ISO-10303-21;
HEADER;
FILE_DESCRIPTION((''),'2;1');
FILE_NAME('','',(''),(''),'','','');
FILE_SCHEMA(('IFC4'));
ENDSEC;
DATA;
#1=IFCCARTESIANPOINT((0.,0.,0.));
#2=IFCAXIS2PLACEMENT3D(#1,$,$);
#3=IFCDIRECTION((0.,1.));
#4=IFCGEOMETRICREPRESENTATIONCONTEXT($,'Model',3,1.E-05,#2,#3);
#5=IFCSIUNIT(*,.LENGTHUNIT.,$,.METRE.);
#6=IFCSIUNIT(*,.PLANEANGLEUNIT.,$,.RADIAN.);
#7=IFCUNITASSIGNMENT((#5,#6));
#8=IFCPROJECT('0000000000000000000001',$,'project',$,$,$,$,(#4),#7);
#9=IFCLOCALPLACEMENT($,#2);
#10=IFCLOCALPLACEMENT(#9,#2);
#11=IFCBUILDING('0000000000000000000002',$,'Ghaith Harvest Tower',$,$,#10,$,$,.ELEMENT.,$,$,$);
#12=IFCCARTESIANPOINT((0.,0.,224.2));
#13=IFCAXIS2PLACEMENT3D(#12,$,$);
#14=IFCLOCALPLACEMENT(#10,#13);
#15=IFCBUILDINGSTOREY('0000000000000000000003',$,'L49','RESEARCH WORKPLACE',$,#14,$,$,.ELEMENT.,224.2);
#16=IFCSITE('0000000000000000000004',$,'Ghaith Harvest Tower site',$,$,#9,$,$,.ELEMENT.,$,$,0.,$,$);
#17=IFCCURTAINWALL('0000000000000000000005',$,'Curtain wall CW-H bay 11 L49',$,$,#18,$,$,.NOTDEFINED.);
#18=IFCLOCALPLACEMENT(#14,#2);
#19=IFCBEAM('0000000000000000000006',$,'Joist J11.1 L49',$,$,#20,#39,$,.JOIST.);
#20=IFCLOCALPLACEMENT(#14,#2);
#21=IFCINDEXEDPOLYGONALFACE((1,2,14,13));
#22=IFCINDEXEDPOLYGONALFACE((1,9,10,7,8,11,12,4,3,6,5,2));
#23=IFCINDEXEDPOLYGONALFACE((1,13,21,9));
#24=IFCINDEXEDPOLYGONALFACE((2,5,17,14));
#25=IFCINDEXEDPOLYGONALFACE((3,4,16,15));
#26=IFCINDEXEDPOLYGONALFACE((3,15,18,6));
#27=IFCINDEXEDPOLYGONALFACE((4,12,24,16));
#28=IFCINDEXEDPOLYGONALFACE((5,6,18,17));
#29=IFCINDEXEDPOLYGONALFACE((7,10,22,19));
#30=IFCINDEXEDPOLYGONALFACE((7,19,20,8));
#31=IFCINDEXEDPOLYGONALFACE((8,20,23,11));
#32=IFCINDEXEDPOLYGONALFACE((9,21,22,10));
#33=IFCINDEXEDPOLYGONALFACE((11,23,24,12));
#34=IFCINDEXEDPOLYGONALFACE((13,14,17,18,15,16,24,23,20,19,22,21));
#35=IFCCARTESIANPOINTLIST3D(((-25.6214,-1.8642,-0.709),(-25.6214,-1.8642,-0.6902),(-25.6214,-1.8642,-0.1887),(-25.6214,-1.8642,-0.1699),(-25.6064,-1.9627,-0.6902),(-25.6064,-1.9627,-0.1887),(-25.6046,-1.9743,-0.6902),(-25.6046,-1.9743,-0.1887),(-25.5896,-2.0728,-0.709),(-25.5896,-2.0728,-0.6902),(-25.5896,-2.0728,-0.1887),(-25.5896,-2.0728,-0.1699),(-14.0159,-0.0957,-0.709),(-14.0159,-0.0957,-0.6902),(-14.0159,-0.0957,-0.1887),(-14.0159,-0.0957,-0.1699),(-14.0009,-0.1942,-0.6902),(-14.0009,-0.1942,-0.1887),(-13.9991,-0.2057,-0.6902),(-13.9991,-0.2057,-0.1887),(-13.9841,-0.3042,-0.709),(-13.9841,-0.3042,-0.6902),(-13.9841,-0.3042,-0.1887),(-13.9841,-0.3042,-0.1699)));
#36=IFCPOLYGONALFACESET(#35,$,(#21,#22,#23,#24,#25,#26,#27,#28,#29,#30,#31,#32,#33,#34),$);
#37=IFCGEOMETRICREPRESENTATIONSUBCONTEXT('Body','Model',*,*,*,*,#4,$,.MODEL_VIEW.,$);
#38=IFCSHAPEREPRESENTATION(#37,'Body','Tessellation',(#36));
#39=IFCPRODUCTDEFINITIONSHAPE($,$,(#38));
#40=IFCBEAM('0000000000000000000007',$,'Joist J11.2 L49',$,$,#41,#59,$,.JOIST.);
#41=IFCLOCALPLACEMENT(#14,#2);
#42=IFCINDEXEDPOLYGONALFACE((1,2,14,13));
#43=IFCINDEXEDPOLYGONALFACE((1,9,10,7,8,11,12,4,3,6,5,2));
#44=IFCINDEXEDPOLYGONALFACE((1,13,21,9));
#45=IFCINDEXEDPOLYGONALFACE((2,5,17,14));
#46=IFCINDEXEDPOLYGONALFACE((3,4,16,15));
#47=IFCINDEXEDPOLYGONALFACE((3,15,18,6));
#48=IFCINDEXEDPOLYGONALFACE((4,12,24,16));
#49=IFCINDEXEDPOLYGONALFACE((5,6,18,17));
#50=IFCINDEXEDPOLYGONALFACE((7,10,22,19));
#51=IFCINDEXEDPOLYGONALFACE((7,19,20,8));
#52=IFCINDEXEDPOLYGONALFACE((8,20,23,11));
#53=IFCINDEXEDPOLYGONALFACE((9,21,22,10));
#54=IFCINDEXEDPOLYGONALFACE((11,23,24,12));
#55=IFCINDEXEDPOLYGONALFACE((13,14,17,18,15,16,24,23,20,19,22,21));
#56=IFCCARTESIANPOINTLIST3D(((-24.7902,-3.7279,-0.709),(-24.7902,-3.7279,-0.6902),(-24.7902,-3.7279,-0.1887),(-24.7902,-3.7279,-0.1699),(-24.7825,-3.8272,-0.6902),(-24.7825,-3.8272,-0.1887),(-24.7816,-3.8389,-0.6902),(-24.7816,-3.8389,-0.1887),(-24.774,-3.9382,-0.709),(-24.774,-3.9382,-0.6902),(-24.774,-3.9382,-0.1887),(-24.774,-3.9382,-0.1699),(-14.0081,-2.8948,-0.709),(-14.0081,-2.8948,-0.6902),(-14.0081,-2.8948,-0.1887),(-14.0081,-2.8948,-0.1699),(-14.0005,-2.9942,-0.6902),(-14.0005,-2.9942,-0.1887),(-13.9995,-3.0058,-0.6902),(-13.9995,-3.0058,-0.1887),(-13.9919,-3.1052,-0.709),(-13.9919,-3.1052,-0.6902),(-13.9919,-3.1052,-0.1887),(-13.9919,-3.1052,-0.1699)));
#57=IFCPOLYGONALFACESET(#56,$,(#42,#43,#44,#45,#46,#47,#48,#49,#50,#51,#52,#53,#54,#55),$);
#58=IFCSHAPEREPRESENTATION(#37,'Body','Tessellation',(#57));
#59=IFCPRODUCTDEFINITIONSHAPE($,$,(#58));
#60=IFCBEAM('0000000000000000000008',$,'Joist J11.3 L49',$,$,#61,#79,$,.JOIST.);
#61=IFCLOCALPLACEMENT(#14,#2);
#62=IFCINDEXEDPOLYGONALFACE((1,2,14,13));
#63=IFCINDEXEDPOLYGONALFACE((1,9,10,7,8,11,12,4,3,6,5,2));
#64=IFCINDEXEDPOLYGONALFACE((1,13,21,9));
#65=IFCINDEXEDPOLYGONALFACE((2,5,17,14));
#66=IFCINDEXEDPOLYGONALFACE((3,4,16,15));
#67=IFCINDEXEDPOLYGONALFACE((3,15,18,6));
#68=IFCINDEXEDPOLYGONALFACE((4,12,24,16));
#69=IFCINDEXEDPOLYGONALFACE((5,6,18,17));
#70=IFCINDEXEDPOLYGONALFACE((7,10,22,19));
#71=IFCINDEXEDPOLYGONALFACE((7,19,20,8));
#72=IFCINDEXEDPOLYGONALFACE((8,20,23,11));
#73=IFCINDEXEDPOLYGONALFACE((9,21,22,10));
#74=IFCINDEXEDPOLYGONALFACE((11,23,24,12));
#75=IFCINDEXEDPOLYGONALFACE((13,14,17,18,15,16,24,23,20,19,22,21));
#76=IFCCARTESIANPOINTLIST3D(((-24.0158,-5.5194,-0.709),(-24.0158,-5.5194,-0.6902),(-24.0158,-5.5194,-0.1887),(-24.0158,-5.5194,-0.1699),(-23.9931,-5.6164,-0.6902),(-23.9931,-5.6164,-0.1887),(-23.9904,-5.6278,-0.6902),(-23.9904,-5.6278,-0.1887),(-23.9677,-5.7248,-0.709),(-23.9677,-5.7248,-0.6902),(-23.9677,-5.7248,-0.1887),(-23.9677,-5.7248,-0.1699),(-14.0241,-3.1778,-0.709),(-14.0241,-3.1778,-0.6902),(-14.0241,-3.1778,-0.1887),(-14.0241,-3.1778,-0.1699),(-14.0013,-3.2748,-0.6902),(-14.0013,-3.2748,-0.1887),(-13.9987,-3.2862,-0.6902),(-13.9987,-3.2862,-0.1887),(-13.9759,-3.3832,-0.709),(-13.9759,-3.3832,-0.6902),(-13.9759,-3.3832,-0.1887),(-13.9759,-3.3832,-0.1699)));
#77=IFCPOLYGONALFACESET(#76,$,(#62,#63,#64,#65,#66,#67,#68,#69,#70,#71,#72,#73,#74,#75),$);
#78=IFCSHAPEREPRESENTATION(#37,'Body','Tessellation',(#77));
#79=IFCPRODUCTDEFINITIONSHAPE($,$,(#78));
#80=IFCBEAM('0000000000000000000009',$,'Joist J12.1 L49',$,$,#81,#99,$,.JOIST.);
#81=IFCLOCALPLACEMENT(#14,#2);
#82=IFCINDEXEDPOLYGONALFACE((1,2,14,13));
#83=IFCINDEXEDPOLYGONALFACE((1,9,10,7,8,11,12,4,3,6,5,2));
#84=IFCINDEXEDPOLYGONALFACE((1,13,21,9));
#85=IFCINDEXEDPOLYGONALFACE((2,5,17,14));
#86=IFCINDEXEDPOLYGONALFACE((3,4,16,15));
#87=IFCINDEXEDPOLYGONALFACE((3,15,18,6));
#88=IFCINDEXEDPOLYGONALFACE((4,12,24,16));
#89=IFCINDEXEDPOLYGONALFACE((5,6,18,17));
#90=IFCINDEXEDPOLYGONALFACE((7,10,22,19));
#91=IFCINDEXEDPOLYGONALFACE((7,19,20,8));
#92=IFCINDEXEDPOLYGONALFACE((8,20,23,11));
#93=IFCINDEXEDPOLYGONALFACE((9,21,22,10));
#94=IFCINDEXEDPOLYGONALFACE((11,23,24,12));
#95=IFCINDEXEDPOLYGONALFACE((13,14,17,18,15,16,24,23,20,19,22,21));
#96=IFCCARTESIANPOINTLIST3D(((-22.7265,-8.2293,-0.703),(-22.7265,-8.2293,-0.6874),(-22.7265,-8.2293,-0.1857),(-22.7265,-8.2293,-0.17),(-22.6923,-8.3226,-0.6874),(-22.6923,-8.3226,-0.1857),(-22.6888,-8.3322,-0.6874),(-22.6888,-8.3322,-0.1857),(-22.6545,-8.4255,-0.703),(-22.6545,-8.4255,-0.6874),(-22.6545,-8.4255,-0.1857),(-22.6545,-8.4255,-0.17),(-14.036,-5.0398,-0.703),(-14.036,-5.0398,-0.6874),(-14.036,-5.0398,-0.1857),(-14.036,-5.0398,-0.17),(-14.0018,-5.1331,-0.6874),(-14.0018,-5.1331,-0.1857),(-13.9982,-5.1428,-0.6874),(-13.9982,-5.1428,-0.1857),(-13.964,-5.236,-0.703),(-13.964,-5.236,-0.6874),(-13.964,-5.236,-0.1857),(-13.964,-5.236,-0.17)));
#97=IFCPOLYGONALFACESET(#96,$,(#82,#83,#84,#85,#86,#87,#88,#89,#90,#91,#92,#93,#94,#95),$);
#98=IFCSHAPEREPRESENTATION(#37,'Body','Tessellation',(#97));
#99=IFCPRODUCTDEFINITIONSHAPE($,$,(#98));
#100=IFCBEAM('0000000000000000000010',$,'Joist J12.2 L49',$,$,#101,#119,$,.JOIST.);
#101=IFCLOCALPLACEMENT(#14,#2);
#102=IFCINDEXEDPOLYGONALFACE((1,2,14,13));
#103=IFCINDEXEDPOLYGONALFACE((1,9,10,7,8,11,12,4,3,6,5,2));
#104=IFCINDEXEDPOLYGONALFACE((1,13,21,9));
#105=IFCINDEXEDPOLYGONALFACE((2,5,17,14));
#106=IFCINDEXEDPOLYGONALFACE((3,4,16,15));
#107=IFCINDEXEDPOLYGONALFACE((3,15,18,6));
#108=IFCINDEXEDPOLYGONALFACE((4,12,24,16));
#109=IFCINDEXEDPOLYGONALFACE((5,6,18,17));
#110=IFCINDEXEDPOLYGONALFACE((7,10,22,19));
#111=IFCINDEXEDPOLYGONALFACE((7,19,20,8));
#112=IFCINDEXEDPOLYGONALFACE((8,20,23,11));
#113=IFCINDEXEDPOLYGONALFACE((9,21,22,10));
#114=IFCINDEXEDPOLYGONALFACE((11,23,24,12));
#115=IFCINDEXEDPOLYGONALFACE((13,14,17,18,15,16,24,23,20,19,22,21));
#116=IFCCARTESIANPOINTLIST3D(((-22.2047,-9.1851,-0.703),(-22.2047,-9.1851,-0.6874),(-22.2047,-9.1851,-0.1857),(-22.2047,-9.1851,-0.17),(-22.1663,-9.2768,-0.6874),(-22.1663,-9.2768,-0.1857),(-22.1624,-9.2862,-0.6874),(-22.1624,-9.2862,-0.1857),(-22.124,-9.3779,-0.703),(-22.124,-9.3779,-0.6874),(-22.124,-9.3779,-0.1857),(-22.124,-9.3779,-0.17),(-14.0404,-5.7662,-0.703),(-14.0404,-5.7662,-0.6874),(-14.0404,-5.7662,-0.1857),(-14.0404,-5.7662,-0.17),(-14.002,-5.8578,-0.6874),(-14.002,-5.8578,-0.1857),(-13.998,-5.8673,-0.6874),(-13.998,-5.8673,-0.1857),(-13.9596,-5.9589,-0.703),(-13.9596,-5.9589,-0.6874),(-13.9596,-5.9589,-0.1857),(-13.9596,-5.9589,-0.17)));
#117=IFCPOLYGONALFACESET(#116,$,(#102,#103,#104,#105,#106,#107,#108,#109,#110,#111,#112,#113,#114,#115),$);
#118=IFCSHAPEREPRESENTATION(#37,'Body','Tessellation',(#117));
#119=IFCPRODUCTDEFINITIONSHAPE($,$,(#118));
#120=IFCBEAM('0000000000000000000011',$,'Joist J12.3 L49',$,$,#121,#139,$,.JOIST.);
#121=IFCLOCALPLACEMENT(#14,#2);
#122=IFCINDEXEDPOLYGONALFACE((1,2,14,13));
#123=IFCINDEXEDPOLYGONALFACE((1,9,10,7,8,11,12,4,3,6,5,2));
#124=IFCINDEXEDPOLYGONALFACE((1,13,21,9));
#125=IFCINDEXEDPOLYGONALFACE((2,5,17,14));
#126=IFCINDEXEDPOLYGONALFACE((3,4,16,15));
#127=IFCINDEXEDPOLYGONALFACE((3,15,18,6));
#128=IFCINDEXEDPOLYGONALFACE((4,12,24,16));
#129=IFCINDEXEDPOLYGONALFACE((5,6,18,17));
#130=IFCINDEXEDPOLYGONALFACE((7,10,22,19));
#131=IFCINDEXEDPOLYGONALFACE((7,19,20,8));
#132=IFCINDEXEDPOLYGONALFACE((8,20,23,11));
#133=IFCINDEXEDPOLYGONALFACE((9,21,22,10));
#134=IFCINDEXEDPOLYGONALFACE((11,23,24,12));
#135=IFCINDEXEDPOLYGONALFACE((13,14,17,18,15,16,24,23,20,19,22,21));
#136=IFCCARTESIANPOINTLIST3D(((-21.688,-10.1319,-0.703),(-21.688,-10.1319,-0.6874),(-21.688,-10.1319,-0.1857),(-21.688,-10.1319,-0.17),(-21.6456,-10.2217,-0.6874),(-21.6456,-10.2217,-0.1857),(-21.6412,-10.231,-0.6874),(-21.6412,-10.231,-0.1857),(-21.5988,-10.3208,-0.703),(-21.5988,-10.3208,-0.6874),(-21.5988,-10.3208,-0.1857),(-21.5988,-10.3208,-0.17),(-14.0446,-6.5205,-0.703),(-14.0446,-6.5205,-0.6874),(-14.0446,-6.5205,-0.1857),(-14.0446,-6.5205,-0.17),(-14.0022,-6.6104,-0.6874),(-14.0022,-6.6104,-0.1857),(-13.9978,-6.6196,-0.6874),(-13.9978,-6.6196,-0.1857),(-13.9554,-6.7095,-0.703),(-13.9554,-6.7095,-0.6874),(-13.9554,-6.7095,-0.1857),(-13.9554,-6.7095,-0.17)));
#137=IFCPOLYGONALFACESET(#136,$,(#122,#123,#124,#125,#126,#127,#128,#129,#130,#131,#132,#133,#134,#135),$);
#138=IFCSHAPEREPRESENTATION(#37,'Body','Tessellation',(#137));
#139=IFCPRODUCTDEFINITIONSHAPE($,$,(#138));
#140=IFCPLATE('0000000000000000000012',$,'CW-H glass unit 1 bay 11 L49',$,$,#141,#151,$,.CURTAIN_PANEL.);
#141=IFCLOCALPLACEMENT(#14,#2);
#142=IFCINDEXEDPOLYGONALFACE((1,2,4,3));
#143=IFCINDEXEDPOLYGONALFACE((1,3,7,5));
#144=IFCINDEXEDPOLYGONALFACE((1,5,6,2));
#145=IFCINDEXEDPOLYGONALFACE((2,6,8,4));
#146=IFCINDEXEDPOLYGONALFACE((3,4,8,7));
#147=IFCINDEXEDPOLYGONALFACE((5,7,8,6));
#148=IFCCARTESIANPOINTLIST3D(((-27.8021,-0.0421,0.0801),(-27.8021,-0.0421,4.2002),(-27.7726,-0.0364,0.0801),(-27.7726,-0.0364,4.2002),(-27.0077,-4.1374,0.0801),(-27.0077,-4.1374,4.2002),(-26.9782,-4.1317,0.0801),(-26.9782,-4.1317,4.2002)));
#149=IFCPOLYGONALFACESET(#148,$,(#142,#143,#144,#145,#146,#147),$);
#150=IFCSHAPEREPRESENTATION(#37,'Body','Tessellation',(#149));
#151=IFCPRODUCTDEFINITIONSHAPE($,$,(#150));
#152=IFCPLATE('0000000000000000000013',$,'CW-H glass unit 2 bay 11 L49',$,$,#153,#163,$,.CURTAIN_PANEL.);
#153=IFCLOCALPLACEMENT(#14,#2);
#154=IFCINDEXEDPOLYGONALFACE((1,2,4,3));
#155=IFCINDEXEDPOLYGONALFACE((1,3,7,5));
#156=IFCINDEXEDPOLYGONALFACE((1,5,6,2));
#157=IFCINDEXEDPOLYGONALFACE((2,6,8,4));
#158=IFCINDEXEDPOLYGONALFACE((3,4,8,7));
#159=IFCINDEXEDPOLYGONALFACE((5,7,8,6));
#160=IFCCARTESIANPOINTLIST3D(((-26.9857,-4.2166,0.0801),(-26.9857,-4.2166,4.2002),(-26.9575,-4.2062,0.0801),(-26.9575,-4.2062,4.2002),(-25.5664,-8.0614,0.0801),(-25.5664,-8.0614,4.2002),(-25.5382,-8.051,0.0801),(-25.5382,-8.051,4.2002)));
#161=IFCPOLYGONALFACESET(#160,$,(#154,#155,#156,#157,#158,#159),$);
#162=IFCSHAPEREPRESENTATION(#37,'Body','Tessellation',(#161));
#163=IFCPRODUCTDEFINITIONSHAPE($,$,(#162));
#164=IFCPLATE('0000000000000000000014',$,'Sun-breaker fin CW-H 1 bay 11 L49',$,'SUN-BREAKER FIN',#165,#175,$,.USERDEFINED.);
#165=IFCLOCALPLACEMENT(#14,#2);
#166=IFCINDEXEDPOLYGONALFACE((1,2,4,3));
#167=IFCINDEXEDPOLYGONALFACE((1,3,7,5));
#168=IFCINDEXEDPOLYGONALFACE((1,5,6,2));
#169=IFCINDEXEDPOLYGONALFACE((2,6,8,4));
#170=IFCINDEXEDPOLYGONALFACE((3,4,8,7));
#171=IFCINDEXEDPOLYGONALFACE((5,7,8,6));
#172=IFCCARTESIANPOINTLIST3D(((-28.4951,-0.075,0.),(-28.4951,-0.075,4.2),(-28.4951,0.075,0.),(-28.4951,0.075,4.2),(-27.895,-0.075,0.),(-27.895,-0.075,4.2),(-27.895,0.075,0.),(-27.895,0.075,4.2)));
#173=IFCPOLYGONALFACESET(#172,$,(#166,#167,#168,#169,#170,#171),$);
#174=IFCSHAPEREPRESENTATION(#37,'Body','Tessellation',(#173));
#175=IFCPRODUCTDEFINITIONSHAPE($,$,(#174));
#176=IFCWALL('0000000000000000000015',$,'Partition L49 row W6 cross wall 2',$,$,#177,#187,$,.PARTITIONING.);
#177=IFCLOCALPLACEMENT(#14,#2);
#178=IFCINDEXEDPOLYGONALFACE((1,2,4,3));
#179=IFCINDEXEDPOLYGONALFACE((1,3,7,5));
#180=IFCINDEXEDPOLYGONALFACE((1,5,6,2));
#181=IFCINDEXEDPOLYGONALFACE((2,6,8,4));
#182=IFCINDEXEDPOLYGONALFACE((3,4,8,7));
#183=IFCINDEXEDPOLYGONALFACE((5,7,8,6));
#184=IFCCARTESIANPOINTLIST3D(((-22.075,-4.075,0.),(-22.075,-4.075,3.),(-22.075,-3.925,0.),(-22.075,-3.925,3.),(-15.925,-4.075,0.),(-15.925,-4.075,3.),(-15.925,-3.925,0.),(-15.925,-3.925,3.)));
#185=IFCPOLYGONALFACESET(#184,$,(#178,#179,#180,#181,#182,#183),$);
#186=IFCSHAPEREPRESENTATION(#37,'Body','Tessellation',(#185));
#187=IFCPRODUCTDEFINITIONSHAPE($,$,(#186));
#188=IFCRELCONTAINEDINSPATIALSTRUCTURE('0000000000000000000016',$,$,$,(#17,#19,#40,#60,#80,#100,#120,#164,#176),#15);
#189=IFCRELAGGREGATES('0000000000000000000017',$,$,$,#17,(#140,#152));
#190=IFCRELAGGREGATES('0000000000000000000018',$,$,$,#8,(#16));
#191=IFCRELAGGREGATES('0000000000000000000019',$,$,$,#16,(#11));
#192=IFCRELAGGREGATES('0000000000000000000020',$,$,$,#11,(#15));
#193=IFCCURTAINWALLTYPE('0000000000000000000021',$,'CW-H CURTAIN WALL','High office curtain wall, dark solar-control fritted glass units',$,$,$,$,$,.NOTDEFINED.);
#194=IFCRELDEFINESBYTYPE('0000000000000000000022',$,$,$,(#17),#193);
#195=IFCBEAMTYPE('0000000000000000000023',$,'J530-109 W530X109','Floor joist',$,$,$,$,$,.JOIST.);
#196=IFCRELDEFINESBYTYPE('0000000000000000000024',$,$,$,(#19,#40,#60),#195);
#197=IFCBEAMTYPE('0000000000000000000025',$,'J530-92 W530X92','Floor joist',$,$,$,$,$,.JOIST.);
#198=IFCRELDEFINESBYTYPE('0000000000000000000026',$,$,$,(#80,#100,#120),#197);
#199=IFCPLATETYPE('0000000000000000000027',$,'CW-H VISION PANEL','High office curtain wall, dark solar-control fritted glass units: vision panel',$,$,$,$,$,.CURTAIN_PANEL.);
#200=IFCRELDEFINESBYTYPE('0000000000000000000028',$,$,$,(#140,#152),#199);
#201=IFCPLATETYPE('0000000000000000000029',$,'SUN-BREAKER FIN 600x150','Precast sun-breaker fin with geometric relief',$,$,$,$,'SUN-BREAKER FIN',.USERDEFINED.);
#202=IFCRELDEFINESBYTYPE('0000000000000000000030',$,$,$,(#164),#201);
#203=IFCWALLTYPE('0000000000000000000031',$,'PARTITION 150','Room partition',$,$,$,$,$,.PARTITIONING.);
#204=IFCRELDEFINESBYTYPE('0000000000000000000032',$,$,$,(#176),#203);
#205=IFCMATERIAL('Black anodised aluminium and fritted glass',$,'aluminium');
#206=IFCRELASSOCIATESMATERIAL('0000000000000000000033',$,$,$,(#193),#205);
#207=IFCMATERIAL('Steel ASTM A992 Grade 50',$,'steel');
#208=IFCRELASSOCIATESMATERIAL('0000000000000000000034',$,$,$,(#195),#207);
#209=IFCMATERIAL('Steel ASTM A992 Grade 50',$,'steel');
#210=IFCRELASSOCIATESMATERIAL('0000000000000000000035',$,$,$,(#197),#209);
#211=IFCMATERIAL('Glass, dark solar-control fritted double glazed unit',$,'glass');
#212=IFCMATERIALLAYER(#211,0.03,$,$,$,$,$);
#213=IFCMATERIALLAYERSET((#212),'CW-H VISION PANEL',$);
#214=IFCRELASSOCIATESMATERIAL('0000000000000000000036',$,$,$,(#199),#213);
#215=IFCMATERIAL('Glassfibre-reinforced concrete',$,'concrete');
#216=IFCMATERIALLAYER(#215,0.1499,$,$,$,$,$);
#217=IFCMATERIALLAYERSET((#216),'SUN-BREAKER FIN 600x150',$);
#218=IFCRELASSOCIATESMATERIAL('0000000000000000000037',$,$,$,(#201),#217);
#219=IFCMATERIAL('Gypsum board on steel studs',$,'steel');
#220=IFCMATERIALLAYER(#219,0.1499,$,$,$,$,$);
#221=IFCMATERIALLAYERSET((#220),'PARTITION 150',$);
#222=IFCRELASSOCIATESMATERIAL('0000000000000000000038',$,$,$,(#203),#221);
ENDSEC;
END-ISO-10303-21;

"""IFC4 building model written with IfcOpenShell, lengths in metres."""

from ifc_helpers import new_model, si_unit, direction, frame, frame_2d, origin, origin_2d, place, context, subcontext, project, spatial, rectangle, i_section, extrude, material, layer, layer_set, material_profile, profile_set, type_object, element, aggregate, save


model = new_model("IFC4")

# Units and contexts
model_context = context("Model", 3, precision=1e-05, world=origin(), true_north=direction((0.0, 1.0)))
body_context = subcontext(model_context, "Body", "Model", "MODEL_VIEW")
ifc_project = project(units=[si_unit("LENGTHUNIT", "METRE"), si_unit("PLANEANGLEUNIT", "RADIAN")], contexts=[model_context])

# Site, building, storey
site_placement = place(None, origin())
site = spatial("IfcSite", under=ifc_project, at=site_placement, Name="Ghaith Harvest Tower site", CompositionType="ELEMENT", RefElevation=0.0)
building_placement = place(site_placement, origin())
building = spatial("IfcBuilding", under=site, at=building_placement, Name="Ghaith Harvest Tower", CompositionType="ELEMENT")
storey_placement = place(building_placement, frame((0.0, 0.0, 224.2)))
storey = spatial("IfcBuildingStorey", under=building, at=storey_placement, Name="L49", Description="RESEARCH WORKPLACE", CompositionType="ELEMENT", Elevation=224.2)

# Curtain wall
ifc_material_1 = material(Name="Black anodised aluminium and fritted glass", Category="aluminium")
curtain_wall_type = type_object("IfcCurtainWallType", Name="CW-H CURTAIN WALL", Description="High office curtain wall, dark solar-control fritted glass units", PredefinedType="NOTDEFINED", material=ifc_material_1)
curtain_wall_placement = place(storey_placement, origin())
curtain_wall = element("IfcCurtainWall", 1, at=curtain_wall_placement, inside=storey, type_object=curtain_wall_type, Name="Curtain wall CW-H bay 11 L49", PredefinedType="NOTDEFINED")

# Beams
ifc_material_2 = material(Name="Steel ASTM A992 Grade 50", Category="steel")
ifc_material_profile_1 = material_profile(ifc_material_2, i_section(OverallWidth=0.2109, OverallDepth=0.5391, WebThickness=0.0117, FlangeThickness=0.0188, at=origin_2d()), Name="W530X109")
ifc_profile_set_1 = profile_set([ifc_material_profile_1], Name="Steel ASTM A992 Grade 50")
beam_type_1 = type_object("IfcBeamType", Name="J530-109 W530X109", Description="Floor joist", PredefinedType="JOIST", material=ifc_profile_set_1)
beam_1_placement = place(storey_placement, frame((-14.0, -0.2, -0.4395), z_axis=(-0.988587, -0.150651, 0.0), x_axis=(0.150651, -0.988587, 0.0)))
element("IfcBeam", 2, at=beam_1_placement, inside=storey, type_object=beam_type_1, Name="Joist J11.1 L49", PredefinedType="JOIST", context=body_context, shape_type="SweptSolid", body=[
    extrude(i_section(OverallWidth=0.2109, OverallDepth=0.5391, WebThickness=0.0117, FlangeThickness=0.0188, at=origin_2d()), origin(), (0.0, 0.0, 1.0), 11.7395),
])
beam_2_placement = place(storey_placement, frame((-14.0, -3.0, -0.4395), z_axis=(-0.997029, -0.07703, 0.0), x_axis=(0.07703, -0.997029, 0.0)))
element("IfcBeam", 3, at=beam_2_placement, inside=storey, type_object=beam_type_1, Name="Joist J11.2 L49", PredefinedType="JOIST", context=body_context, shape_type="SweptSolid", body=[
    extrude(i_section(OverallWidth=0.2109, OverallDepth=0.5391, WebThickness=0.0117, FlangeThickness=0.0188, at=origin_2d()), origin(), (0.0, 0.0, 1.0), 10.8142),
])
beam_3_placement = place(storey_placement, frame((-14.0, -3.2805, -0.4395), z_axis=(-0.973622, -0.228168, 0.0), x_axis=(0.228168, -0.973622, 0.0)))
element("IfcBeam", 4, at=beam_3_placement, inside=storey, type_object=beam_type_1, Name="Joist J11.3 L49", PredefinedType="JOIST", context=body_context, shape_type="SweptSolid", body=[
    extrude(i_section(OverallWidth=0.2109, OverallDepth=0.5391, WebThickness=0.0117, FlangeThickness=0.0188, at=origin_2d()), origin(), (0.0, 0.0, 1.0), 10.2625),
])
ifc_material_3 = material(Name="Steel ASTM A992 Grade 50", Category="steel")
ifc_material_profile_2 = material_profile(ifc_material_3, i_section(OverallWidth=0.209, OverallDepth=0.533, WebThickness=0.0103, FlangeThickness=0.0156, at=origin_2d()), Name="W530X92")
ifc_profile_set_2 = profile_set([ifc_material_profile_2], Name="Steel ASTM A992 Grade 50")
beam_type_2 = type_object("IfcBeamType", Name="J530-92 W530X92", Description="Floor joist", PredefinedType="JOIST", material=ifc_profile_set_2)
beam_4_placement = place(storey_placement, frame((-14.0, -5.1379, -0.4365), z_axis=(-0.938773, -0.344537, 0.0), x_axis=(0.344537, -0.938773, 0.0)))
element("IfcBeam", 5, at=beam_4_placement, inside=storey, type_object=beam_type_2, Name="Joist J12.1 L49", PredefinedType="JOIST", context=body_context, shape_type="SweptSolid", body=[
    extrude(i_section(OverallWidth=0.209, OverallDepth=0.533, WebThickness=0.0103, FlangeThickness=0.0156, at=origin_2d()), origin(), (0.0, 0.0, 1.0), 9.2573),
])
beam_5_placement = place(storey_placement, frame((-14.0, -5.8625, -0.4365), z_axis=(-0.922388, -0.386266, 0.0), x_axis=(0.386266, -0.922388, 0.0)))
element("IfcBeam", 6, at=beam_5_placement, inside=storey, type_object=beam_type_2, Name="Joist J12.2 L49", PredefinedType="JOIST", context=body_context, shape_type="SweptSolid", body=[
    extrude(i_section(OverallWidth=0.209, OverallDepth=0.533, WebThickness=0.0103, FlangeThickness=0.0156, at=origin_2d()), origin(), (0.0, 0.0, 1.0), 8.8513),
])
beam_6_placement = place(storey_placement, frame((-14.0, -6.615, -0.4365), z_axis=(-0.904158, -0.427198, 0.0), x_axis=(0.427198, -0.904158, 0.0)))
element("IfcBeam", 7, at=beam_6_placement, inside=storey, type_object=beam_type_2, Name="Joist J12.3 L49", PredefinedType="JOIST", context=body_context, shape_type="SweptSolid", body=[
    extrude(i_section(OverallWidth=0.209, OverallDepth=0.533, WebThickness=0.0103, FlangeThickness=0.0156, at=origin_2d()), origin(), (0.0, 0.0, 1.0), 8.4536),
])

# Plates
ifc_material_4 = material(Name="Glass, dark solar-control fritted double glazed unit", Category="glass")
ifc_layer_1 = layer(ifc_material_4, 0.03)
ifc_layer_set_1 = layer_set([ifc_layer_1], Name="CW-H VISION PANEL")
plate_type_1 = type_object("IfcPlateType", Name="CW-H VISION PANEL", Description="High office curtain wall, dark solar-control fritted glass units: vision panel", PredefinedType="CURTAIN_PANEL", material=ifc_layer_set_1)
plate_1_placement = place(storey_placement, frame((-27.3901, -2.0869, 0.0801), z_axis=(0.0, 0.0, 1.0), x_axis=(0.190427, -0.981701, 0.0)))
plate_1 = element("IfcPlate", 8, at=plate_1_placement, type_object=plate_type_1, Name="CW-H glass unit 1 bay 11 L49", PredefinedType="CURTAIN_PANEL", context=body_context, shape_type="SweptSolid", body=[
    extrude(rectangle(XDim=4.1716, YDim=0.03, at=origin_2d()), origin(), (0.0, 0.0, 1.0), 4.1201),
])
plate_2_placement = place(storey_placement, frame((-26.262, -6.1338, 0.0801), z_axis=(0.0, 0.0, 1.0), x_axis=(0.346303, -0.938123, 0.0)))
plate_2 = element("IfcPlate", 9, at=plate_2_placement, type_object=plate_type_1, Name="CW-H glass unit 2 bay 11 L49", PredefinedType="CURTAIN_PANEL", context=body_context, shape_type="SweptSolid", body=[
    extrude(rectangle(XDim=4.0984, YDim=0.03, at=origin_2d()), origin(), (0.0, 0.0, 1.0), 4.1201),
])
aggregate(curtain_wall, [plate_1, plate_2])
ifc_material_5 = material(Name="Glassfibre-reinforced concrete", Category="concrete")
ifc_layer_2 = layer(ifc_material_5, 0.1499)
ifc_layer_set_2 = layer_set([ifc_layer_2], Name="SUN-BREAKER FIN 600x150")
plate_type_2 = type_object("IfcPlateType", Name="SUN-BREAKER FIN 600x150", Description="Precast sun-breaker fin with geometric relief", ElementType="SUN-BREAKER FIN", PredefinedType="USERDEFINED", material=ifc_layer_set_2)
plate_3_placement = place(storey_placement, frame((-28.1951, 0.0, 0.0), z_axis=(0.0, 0.0, 1.0), x_axis=(-1.0, 0.0, 0.0)))
element("IfcPlate", 10, at=plate_3_placement, inside=storey, type_object=plate_type_2, Name="Sun-breaker fin CW-H 1 bay 11 L49", ObjectType="SUN-BREAKER FIN", PredefinedType="USERDEFINED", context=body_context, shape_type="SweptSolid", body=[
    extrude(rectangle(XDim=0.6001, YDim=0.1499, at=origin_2d()), origin(), (0.0, 0.0, 1.0), 4.2),
])

# Wall
ifc_material_6 = material(Name="Gypsum board on steel studs", Category="steel")
ifc_layer_3 = layer(ifc_material_6, 0.1499)
ifc_layer_set_3 = layer_set([ifc_layer_3], Name="PARTITION 150")
wall_type = type_object("IfcWallType", Name="PARTITION 150", Description="Room partition", PredefinedType="PARTITIONING", material=ifc_layer_set_3)
for number, where, z_axis, x_axis, name in (
    (11, (-15.925, -4.0, 0.0), (0.0, 0.0, 1.0), (-1.0, 0.0, 0.0), "Partition L49 row W6 cross wall 2"),
):
    element("IfcWall", number, at=place(storey_placement, frame(where, z_axis=z_axis, x_axis=x_axis)), inside=storey, type_object=wall_type, Name=name, PredefinedType="PARTITIONING", context=body_context, shape_type="SweptSolid", body=[
        extrude(rectangle(XDim=6.1499, YDim=0.1499, at=frame_2d((3.075, 0.0))), origin(), (0.0, 0.0, 1.0), 3.0),
    ])

save(model, "model.ifc")
